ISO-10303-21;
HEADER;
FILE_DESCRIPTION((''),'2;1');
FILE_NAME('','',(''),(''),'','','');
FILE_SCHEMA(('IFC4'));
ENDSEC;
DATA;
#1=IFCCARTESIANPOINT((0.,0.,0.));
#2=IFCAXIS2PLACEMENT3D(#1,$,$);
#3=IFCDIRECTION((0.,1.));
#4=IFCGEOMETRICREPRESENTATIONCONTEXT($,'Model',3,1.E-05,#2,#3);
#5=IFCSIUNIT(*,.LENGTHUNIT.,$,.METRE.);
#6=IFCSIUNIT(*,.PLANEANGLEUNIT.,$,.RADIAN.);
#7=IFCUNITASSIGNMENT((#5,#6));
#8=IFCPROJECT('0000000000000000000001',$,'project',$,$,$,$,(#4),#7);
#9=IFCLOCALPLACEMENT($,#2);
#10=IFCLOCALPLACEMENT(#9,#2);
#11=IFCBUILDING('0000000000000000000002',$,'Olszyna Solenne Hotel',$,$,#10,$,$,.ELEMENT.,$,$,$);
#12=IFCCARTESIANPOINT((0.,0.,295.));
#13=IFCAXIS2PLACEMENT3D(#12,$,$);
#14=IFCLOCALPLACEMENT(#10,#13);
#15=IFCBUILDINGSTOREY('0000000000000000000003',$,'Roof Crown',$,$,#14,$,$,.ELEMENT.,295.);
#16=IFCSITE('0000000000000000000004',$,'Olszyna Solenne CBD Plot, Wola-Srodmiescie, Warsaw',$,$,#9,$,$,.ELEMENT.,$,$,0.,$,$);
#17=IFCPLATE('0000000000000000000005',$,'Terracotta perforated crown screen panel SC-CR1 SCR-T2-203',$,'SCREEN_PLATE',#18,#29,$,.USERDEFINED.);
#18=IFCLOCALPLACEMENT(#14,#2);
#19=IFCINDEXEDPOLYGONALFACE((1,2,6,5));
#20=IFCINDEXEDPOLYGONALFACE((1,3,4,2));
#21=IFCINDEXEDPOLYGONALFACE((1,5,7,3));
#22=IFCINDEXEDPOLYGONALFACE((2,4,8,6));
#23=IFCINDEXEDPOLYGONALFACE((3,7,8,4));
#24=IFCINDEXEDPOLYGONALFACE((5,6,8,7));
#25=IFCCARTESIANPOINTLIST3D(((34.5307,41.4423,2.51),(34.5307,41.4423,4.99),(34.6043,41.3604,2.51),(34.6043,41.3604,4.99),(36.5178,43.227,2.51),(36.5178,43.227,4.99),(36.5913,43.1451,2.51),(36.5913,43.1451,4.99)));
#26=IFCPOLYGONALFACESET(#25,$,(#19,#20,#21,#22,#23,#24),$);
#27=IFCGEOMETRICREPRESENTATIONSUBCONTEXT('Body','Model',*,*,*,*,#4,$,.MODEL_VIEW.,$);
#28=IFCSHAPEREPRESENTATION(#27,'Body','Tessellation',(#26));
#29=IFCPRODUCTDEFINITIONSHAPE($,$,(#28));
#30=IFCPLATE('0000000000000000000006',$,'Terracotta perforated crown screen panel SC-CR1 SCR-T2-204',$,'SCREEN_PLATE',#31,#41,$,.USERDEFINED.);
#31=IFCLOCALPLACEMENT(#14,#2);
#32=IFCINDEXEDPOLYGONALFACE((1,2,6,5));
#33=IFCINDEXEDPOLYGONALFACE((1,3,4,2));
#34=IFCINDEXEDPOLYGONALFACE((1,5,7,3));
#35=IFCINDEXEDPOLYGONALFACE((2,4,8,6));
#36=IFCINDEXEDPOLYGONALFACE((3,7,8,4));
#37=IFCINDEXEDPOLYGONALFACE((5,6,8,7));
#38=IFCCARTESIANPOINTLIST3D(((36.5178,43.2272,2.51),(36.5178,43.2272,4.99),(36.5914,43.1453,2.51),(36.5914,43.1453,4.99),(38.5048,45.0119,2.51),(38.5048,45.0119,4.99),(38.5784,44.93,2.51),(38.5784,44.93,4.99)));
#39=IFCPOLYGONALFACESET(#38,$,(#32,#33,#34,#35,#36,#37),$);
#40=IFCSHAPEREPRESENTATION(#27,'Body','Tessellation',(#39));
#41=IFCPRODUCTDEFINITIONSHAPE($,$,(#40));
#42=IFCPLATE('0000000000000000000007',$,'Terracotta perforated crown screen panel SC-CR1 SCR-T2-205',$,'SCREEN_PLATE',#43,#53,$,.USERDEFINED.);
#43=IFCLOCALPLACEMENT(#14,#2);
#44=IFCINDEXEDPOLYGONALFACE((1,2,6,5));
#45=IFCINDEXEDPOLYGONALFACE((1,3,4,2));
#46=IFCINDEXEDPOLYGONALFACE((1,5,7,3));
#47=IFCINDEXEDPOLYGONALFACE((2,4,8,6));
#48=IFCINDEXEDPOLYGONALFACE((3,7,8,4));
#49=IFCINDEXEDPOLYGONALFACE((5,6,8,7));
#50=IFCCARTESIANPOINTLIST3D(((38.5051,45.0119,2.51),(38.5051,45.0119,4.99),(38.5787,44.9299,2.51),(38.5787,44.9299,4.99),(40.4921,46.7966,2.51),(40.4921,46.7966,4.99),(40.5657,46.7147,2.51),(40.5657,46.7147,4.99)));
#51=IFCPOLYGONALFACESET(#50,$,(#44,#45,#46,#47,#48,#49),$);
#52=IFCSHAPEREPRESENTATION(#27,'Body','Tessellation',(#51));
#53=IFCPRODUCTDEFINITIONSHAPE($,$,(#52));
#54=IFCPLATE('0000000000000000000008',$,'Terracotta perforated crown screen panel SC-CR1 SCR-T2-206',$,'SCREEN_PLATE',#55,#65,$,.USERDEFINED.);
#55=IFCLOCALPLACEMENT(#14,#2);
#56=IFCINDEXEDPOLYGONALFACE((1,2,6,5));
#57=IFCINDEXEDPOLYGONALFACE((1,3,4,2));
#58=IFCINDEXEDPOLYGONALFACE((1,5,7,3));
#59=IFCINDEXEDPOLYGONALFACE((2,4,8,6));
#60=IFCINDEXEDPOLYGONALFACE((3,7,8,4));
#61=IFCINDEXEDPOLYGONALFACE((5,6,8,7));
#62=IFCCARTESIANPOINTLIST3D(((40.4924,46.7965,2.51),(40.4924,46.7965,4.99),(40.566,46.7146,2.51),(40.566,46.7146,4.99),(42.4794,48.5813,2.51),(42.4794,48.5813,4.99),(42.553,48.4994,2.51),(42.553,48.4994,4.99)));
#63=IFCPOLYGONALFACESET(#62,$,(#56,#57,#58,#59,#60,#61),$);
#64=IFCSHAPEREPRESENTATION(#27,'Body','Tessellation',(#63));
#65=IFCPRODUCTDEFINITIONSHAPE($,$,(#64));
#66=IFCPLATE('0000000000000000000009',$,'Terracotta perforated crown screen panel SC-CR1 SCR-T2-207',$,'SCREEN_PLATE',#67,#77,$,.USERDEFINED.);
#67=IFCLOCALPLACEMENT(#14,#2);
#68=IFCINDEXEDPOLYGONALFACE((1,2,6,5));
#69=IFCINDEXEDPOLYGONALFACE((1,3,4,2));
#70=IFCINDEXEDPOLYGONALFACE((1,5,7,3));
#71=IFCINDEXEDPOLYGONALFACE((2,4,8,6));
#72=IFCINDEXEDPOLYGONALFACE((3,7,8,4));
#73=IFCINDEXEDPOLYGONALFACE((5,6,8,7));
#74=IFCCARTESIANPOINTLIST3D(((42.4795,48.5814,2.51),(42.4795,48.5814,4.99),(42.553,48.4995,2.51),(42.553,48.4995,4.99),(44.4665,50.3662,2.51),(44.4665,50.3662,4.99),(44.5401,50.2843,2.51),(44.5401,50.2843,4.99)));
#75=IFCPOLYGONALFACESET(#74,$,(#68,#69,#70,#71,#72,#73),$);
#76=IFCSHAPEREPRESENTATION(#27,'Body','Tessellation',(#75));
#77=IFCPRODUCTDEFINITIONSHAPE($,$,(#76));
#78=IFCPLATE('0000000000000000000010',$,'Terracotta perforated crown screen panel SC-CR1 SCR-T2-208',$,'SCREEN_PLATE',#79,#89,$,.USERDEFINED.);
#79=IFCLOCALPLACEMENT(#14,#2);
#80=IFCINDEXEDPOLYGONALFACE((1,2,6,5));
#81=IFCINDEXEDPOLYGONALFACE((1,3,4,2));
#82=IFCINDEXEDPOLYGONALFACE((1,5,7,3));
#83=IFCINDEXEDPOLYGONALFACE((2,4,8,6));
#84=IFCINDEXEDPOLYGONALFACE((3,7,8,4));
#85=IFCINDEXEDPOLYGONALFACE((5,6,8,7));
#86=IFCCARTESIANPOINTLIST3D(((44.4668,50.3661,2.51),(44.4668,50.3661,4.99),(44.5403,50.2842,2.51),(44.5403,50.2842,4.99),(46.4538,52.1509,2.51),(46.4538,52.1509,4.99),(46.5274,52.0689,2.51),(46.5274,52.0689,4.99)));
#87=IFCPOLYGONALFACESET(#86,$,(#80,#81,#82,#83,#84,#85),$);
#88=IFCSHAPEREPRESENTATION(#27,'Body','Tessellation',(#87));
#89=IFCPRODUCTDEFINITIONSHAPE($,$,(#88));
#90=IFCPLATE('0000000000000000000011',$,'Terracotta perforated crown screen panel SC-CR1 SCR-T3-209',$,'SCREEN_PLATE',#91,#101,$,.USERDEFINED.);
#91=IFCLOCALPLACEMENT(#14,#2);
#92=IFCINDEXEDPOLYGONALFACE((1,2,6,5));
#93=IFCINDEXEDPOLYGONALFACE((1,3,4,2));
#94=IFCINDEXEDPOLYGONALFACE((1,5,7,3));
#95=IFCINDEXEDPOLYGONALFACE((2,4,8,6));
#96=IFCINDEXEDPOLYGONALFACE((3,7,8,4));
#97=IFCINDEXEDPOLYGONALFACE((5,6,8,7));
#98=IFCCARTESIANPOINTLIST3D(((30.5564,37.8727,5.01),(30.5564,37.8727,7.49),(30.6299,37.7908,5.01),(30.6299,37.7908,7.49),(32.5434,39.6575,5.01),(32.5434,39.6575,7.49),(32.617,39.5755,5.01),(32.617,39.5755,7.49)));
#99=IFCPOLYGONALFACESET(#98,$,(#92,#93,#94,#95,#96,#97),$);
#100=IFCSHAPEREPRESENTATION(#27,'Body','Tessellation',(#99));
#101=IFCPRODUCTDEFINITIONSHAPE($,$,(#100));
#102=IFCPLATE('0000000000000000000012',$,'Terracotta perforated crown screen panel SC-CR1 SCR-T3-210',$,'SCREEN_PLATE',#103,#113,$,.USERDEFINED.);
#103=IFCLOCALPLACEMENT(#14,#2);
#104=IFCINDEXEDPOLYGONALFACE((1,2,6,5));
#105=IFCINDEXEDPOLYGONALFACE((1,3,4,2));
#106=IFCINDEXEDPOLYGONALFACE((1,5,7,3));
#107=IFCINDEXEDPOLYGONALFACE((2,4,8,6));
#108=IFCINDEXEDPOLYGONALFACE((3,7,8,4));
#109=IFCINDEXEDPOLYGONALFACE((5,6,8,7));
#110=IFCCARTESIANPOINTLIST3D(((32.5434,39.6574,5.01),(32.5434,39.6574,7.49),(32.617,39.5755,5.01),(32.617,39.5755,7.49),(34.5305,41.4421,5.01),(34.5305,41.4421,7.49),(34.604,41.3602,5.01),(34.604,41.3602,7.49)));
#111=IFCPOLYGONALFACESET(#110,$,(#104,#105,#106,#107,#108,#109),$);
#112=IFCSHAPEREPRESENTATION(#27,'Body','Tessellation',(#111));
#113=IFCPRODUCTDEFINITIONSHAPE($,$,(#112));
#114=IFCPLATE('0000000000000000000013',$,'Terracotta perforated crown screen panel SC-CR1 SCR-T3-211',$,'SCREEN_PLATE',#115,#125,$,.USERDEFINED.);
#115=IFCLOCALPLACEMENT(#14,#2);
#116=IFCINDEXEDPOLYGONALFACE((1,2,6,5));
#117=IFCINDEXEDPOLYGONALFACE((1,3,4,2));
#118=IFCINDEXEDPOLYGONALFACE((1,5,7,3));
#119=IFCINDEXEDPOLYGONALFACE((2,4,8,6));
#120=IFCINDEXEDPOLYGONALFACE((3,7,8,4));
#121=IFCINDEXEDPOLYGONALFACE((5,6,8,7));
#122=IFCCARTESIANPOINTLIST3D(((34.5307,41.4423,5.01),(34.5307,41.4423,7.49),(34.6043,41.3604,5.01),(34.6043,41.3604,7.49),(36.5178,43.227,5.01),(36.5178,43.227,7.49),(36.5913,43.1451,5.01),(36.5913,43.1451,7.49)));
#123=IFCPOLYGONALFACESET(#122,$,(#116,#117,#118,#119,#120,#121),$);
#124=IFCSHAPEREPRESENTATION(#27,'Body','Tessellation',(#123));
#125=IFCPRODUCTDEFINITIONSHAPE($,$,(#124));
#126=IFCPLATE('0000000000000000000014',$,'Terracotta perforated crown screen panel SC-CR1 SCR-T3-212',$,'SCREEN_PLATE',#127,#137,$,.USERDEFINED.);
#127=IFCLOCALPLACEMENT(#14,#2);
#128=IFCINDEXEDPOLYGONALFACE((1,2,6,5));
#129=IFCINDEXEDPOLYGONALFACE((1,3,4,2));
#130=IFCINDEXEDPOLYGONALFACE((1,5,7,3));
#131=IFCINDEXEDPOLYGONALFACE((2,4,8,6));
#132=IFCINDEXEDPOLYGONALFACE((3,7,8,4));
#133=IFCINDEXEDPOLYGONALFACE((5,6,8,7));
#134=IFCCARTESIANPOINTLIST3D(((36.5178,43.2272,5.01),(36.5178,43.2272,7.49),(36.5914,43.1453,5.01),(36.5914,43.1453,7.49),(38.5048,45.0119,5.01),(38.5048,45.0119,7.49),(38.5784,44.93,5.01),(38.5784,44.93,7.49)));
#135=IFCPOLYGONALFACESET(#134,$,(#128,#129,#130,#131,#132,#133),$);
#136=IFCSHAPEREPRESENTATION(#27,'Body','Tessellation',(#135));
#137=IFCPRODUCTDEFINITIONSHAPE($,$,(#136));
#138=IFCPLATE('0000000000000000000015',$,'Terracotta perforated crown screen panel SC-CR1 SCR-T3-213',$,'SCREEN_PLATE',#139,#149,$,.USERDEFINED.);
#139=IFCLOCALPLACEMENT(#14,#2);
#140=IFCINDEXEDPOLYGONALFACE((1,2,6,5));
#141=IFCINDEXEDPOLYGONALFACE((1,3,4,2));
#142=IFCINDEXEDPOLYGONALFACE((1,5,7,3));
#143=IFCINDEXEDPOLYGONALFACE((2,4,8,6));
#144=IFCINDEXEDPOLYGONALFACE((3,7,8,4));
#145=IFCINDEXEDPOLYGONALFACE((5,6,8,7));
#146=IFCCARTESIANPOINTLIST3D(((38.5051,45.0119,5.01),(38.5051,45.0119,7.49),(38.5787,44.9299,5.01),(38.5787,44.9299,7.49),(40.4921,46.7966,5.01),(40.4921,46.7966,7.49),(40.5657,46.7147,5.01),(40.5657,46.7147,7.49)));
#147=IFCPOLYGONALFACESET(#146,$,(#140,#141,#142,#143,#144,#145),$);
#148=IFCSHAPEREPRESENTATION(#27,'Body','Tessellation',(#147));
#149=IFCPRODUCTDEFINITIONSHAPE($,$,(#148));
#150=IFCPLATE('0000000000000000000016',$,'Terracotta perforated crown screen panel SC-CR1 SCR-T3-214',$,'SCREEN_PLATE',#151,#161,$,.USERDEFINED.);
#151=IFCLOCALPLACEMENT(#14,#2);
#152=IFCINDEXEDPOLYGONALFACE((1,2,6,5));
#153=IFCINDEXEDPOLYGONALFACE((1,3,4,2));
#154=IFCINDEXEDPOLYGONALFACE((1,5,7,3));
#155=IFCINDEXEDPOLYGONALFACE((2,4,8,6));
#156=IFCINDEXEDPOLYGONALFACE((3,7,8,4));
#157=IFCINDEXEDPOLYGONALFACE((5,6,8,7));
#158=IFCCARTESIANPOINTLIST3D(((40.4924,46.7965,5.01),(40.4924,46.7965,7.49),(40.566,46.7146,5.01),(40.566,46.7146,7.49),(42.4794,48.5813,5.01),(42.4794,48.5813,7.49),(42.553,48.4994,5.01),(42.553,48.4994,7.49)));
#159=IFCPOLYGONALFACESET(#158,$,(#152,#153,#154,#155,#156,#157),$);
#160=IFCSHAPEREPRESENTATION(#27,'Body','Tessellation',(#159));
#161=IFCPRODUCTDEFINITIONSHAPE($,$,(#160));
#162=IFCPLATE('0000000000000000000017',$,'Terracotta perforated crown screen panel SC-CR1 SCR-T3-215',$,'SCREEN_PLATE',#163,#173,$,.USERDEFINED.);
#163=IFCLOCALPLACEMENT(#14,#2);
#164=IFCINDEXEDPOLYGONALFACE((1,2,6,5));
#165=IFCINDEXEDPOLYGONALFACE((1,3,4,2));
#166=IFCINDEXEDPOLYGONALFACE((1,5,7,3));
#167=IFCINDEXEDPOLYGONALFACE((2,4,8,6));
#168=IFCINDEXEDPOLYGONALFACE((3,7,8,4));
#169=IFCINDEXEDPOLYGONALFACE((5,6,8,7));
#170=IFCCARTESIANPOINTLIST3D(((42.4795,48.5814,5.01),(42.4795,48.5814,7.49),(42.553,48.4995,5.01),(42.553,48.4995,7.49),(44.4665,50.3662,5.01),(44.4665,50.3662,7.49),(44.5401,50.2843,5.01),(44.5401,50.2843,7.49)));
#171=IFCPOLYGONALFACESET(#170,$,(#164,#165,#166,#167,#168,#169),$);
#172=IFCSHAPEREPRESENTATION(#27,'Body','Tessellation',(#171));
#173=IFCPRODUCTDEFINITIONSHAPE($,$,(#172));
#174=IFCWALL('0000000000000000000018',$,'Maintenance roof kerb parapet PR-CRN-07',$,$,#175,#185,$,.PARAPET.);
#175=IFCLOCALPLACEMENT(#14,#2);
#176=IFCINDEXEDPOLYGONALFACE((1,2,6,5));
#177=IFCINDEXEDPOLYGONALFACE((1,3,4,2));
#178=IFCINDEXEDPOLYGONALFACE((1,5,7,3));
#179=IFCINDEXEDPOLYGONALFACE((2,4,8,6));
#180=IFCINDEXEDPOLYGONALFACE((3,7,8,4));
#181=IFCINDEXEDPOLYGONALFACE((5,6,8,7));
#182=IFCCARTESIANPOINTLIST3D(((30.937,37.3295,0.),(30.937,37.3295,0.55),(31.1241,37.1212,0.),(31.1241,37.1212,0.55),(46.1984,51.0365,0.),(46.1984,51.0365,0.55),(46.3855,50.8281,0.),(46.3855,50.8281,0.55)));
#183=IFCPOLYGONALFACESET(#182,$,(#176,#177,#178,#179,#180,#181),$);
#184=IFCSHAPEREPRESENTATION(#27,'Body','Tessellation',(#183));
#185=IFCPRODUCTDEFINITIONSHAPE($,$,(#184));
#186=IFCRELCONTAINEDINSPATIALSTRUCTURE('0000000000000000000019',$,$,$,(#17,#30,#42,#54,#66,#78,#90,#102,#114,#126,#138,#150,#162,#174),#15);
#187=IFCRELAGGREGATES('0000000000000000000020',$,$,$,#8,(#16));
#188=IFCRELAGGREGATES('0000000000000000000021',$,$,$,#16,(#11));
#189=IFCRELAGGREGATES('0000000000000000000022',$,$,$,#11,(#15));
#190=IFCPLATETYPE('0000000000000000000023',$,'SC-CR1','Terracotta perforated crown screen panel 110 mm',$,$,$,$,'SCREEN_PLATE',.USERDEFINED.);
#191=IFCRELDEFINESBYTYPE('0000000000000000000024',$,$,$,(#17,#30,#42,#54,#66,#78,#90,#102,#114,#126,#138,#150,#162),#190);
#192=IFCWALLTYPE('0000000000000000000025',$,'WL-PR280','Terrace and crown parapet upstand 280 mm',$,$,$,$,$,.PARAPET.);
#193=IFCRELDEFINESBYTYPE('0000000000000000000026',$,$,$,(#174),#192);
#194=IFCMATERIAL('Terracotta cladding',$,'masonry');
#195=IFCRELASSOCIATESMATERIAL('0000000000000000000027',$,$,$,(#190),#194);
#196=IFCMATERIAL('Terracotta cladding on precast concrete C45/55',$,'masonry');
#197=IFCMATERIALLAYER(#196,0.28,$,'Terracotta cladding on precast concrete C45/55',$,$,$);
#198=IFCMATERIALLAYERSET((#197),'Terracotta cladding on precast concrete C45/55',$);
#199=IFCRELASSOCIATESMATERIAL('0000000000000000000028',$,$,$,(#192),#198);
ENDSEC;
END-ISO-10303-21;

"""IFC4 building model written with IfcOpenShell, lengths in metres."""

from ifc_helpers import new_model, si_unit, direction, frame, frame_2d, origin, origin_2d, place, context, subcontext, project, spatial, rectangle, extrude, source, transform, mapped, material, layer, layer_set, type_object, element, save


model = new_model("IFC4")

# Units and contexts
model_context = context("Model", 3, precision=1e-05, world=origin(), true_north=direction((0.0, 1.0)))
body_context = subcontext(model_context, "Body", "Model", "MODEL_VIEW")
ifc_project = project(units=[si_unit("LENGTHUNIT", "METRE"), si_unit("PLANEANGLEUNIT", "RADIAN")], contexts=[model_context])

# Site, building, storey
site_placement = place(None, origin())
site = spatial("IfcSite", under=ifc_project, at=site_placement, Name="Olszyna Solenne CBD Plot, Wola-Srodmiescie, Warsaw", CompositionType="ELEMENT", RefElevation=0.0)
building_placement = place(site_placement, origin())
building = spatial("IfcBuilding", under=site, at=building_placement, Name="Olszyna Solenne Hotel", CompositionType="ELEMENT")
storey_placement = place(building_placement, frame((0.0, 0.0, 295.0)))
storey = spatial("IfcBuildingStorey", under=building, at=storey_placement, Name="Roof Crown", CompositionType="ELEMENT", Elevation=295.0)

# Plates
ifc_material_1 = material(Name="Terracotta cladding", Category="masonry")
plate_type_1 = type_object("IfcPlateType", Name="SC-CR1", Description="Terracotta perforated crown screen panel 110 mm", ElementType="SCREEN_PLATE", PredefinedType="USERDEFINED", material=ifc_material_1)
shared_shape_1 = source(origin(), body_context, "Body", "SweptSolid", [
    extrude(rectangle(XDim=2.6709, YDim=0.1101, at=origin_2d()), origin(), (0.0, 0.0, 1.0), 2.48),
])
for number, where, z_axis, x_axis, name in (
    (1, (35.561, 42.2937, 2.51), (0.0, 0.0, 1.0), (0.743962, 0.668222, 0.0), "Terracotta perforated crown screen panel SC-CR1 SCR-T2-203"),
    (2, (37.5481, 44.0786, 2.51), (0.0, 0.0, 1.0), (0.743962, 0.668222, 0.0), "Terracotta perforated crown screen panel SC-CR1 SCR-T2-204"),
    (3, (39.5354, 45.8633, 2.51), (0.0, 0.0, 1.0), (0.743962, 0.668222, 0.0), "Terracotta perforated crown screen panel SC-CR1 SCR-T2-205"),
    (4, (41.5227, 47.6479, 2.51), (0.0, 0.0, 1.0), (0.743962, 0.668222, 0.0), "Terracotta perforated crown screen panel SC-CR1 SCR-T2-206"),
    (5, (43.5098, 49.4329, 2.51), (0.0, 0.0, 1.0), (0.743962, 0.668222, 0.0), "Terracotta perforated crown screen panel SC-CR1 SCR-T2-207"),
    (6, (45.4971, 51.2175, 2.51), (0.0, 0.0, 1.0), (0.743962, 0.668222, 0.0), "Terracotta perforated crown screen panel SC-CR1 SCR-T2-208"),
    (7, (31.5867, 38.7241, 5.01), (0.0, 0.0, 1.0), (0.743962, 0.668222, 0.0), "Terracotta perforated crown screen panel SC-CR1 SCR-T3-209"),
    (8, (33.5737, 40.5088, 5.01), (0.0, 0.0, 1.0), (0.743962, 0.668222, 0.0), "Terracotta perforated crown screen panel SC-CR1 SCR-T3-210"),
    (9, (35.561, 42.2937, 5.01), (0.0, 0.0, 1.0), (0.743962, 0.668222, 0.0), "Terracotta perforated crown screen panel SC-CR1 SCR-T3-211"),
    (10, (37.5481, 44.0786, 5.01), (0.0, 0.0, 1.0), (0.743962, 0.668222, 0.0), "Terracotta perforated crown screen panel SC-CR1 SCR-T3-212"),
    (11, (39.5354, 45.8633, 5.01), (0.0, 0.0, 1.0), (0.743962, 0.668222, 0.0), "Terracotta perforated crown screen panel SC-CR1 SCR-T3-213"),
    (12, (41.5227, 47.6479, 5.01), (0.0, 0.0, 1.0), (0.743962, 0.668222, 0.0), "Terracotta perforated crown screen panel SC-CR1 SCR-T3-214"),
    (13, (43.5098, 49.4329, 5.01), (0.0, 0.0, 1.0), (0.743962, 0.668222, 0.0), "Terracotta perforated crown screen panel SC-CR1 SCR-T3-215"),
):
    element("IfcPlate", number, at=place(storey_placement, frame(where, z_axis=z_axis, x_axis=x_axis)), inside=storey, type_object=plate_type_1, Name=name, ObjectType="SCREEN_PLATE", PredefinedType="USERDEFINED", context=body_context, shape_type="MappedRepresentation", body=[
        mapped(shared_shape_1, transform((0.0, 0.0, 0.0), x_axis=(1.0, 0.0, 0.0), y_axis=(0.0, 1.0, 0.0), z_axis=(0.0, 0.0, 1.0), scale=1.0)),
    ])

# Wall
ifc_material_2 = material(Name="Terracotta cladding on precast concrete C45/55", Category="masonry")
ifc_layer = layer(ifc_material_2, 0.28, Name="Terracotta cladding on precast concrete C45/55")
ifc_layer_set = layer_set([ifc_layer], Name="Terracotta cladding on precast concrete C45/55")
wall_type = type_object("IfcWallType", Name="WL-PR280", Description="Terrace and crown parapet upstand 280 mm", PredefinedType="PARAPET", material=ifc_layer_set)
wall_placement = place(storey_placement, frame((31.0305, 37.2253, 0.0), z_axis=(0.0, 0.0, 1.0), x_axis=(0.74398, 0.668202, 0.0)))
element("IfcWall", 14, at=wall_placement, inside=storey, type_object=wall_type, Name="Maintenance roof kerb parapet PR-CRN-07", PredefinedType="PARAPET", context=body_context, shape_type="SweptSolid", body=[
    extrude(rectangle(XDim=20.5132, YDim=0.28, at=frame_2d((10.2566, 0.0))), origin(), (0.0, 0.0, 1.0), 0.55),
])

save(model, "model.ifc")
